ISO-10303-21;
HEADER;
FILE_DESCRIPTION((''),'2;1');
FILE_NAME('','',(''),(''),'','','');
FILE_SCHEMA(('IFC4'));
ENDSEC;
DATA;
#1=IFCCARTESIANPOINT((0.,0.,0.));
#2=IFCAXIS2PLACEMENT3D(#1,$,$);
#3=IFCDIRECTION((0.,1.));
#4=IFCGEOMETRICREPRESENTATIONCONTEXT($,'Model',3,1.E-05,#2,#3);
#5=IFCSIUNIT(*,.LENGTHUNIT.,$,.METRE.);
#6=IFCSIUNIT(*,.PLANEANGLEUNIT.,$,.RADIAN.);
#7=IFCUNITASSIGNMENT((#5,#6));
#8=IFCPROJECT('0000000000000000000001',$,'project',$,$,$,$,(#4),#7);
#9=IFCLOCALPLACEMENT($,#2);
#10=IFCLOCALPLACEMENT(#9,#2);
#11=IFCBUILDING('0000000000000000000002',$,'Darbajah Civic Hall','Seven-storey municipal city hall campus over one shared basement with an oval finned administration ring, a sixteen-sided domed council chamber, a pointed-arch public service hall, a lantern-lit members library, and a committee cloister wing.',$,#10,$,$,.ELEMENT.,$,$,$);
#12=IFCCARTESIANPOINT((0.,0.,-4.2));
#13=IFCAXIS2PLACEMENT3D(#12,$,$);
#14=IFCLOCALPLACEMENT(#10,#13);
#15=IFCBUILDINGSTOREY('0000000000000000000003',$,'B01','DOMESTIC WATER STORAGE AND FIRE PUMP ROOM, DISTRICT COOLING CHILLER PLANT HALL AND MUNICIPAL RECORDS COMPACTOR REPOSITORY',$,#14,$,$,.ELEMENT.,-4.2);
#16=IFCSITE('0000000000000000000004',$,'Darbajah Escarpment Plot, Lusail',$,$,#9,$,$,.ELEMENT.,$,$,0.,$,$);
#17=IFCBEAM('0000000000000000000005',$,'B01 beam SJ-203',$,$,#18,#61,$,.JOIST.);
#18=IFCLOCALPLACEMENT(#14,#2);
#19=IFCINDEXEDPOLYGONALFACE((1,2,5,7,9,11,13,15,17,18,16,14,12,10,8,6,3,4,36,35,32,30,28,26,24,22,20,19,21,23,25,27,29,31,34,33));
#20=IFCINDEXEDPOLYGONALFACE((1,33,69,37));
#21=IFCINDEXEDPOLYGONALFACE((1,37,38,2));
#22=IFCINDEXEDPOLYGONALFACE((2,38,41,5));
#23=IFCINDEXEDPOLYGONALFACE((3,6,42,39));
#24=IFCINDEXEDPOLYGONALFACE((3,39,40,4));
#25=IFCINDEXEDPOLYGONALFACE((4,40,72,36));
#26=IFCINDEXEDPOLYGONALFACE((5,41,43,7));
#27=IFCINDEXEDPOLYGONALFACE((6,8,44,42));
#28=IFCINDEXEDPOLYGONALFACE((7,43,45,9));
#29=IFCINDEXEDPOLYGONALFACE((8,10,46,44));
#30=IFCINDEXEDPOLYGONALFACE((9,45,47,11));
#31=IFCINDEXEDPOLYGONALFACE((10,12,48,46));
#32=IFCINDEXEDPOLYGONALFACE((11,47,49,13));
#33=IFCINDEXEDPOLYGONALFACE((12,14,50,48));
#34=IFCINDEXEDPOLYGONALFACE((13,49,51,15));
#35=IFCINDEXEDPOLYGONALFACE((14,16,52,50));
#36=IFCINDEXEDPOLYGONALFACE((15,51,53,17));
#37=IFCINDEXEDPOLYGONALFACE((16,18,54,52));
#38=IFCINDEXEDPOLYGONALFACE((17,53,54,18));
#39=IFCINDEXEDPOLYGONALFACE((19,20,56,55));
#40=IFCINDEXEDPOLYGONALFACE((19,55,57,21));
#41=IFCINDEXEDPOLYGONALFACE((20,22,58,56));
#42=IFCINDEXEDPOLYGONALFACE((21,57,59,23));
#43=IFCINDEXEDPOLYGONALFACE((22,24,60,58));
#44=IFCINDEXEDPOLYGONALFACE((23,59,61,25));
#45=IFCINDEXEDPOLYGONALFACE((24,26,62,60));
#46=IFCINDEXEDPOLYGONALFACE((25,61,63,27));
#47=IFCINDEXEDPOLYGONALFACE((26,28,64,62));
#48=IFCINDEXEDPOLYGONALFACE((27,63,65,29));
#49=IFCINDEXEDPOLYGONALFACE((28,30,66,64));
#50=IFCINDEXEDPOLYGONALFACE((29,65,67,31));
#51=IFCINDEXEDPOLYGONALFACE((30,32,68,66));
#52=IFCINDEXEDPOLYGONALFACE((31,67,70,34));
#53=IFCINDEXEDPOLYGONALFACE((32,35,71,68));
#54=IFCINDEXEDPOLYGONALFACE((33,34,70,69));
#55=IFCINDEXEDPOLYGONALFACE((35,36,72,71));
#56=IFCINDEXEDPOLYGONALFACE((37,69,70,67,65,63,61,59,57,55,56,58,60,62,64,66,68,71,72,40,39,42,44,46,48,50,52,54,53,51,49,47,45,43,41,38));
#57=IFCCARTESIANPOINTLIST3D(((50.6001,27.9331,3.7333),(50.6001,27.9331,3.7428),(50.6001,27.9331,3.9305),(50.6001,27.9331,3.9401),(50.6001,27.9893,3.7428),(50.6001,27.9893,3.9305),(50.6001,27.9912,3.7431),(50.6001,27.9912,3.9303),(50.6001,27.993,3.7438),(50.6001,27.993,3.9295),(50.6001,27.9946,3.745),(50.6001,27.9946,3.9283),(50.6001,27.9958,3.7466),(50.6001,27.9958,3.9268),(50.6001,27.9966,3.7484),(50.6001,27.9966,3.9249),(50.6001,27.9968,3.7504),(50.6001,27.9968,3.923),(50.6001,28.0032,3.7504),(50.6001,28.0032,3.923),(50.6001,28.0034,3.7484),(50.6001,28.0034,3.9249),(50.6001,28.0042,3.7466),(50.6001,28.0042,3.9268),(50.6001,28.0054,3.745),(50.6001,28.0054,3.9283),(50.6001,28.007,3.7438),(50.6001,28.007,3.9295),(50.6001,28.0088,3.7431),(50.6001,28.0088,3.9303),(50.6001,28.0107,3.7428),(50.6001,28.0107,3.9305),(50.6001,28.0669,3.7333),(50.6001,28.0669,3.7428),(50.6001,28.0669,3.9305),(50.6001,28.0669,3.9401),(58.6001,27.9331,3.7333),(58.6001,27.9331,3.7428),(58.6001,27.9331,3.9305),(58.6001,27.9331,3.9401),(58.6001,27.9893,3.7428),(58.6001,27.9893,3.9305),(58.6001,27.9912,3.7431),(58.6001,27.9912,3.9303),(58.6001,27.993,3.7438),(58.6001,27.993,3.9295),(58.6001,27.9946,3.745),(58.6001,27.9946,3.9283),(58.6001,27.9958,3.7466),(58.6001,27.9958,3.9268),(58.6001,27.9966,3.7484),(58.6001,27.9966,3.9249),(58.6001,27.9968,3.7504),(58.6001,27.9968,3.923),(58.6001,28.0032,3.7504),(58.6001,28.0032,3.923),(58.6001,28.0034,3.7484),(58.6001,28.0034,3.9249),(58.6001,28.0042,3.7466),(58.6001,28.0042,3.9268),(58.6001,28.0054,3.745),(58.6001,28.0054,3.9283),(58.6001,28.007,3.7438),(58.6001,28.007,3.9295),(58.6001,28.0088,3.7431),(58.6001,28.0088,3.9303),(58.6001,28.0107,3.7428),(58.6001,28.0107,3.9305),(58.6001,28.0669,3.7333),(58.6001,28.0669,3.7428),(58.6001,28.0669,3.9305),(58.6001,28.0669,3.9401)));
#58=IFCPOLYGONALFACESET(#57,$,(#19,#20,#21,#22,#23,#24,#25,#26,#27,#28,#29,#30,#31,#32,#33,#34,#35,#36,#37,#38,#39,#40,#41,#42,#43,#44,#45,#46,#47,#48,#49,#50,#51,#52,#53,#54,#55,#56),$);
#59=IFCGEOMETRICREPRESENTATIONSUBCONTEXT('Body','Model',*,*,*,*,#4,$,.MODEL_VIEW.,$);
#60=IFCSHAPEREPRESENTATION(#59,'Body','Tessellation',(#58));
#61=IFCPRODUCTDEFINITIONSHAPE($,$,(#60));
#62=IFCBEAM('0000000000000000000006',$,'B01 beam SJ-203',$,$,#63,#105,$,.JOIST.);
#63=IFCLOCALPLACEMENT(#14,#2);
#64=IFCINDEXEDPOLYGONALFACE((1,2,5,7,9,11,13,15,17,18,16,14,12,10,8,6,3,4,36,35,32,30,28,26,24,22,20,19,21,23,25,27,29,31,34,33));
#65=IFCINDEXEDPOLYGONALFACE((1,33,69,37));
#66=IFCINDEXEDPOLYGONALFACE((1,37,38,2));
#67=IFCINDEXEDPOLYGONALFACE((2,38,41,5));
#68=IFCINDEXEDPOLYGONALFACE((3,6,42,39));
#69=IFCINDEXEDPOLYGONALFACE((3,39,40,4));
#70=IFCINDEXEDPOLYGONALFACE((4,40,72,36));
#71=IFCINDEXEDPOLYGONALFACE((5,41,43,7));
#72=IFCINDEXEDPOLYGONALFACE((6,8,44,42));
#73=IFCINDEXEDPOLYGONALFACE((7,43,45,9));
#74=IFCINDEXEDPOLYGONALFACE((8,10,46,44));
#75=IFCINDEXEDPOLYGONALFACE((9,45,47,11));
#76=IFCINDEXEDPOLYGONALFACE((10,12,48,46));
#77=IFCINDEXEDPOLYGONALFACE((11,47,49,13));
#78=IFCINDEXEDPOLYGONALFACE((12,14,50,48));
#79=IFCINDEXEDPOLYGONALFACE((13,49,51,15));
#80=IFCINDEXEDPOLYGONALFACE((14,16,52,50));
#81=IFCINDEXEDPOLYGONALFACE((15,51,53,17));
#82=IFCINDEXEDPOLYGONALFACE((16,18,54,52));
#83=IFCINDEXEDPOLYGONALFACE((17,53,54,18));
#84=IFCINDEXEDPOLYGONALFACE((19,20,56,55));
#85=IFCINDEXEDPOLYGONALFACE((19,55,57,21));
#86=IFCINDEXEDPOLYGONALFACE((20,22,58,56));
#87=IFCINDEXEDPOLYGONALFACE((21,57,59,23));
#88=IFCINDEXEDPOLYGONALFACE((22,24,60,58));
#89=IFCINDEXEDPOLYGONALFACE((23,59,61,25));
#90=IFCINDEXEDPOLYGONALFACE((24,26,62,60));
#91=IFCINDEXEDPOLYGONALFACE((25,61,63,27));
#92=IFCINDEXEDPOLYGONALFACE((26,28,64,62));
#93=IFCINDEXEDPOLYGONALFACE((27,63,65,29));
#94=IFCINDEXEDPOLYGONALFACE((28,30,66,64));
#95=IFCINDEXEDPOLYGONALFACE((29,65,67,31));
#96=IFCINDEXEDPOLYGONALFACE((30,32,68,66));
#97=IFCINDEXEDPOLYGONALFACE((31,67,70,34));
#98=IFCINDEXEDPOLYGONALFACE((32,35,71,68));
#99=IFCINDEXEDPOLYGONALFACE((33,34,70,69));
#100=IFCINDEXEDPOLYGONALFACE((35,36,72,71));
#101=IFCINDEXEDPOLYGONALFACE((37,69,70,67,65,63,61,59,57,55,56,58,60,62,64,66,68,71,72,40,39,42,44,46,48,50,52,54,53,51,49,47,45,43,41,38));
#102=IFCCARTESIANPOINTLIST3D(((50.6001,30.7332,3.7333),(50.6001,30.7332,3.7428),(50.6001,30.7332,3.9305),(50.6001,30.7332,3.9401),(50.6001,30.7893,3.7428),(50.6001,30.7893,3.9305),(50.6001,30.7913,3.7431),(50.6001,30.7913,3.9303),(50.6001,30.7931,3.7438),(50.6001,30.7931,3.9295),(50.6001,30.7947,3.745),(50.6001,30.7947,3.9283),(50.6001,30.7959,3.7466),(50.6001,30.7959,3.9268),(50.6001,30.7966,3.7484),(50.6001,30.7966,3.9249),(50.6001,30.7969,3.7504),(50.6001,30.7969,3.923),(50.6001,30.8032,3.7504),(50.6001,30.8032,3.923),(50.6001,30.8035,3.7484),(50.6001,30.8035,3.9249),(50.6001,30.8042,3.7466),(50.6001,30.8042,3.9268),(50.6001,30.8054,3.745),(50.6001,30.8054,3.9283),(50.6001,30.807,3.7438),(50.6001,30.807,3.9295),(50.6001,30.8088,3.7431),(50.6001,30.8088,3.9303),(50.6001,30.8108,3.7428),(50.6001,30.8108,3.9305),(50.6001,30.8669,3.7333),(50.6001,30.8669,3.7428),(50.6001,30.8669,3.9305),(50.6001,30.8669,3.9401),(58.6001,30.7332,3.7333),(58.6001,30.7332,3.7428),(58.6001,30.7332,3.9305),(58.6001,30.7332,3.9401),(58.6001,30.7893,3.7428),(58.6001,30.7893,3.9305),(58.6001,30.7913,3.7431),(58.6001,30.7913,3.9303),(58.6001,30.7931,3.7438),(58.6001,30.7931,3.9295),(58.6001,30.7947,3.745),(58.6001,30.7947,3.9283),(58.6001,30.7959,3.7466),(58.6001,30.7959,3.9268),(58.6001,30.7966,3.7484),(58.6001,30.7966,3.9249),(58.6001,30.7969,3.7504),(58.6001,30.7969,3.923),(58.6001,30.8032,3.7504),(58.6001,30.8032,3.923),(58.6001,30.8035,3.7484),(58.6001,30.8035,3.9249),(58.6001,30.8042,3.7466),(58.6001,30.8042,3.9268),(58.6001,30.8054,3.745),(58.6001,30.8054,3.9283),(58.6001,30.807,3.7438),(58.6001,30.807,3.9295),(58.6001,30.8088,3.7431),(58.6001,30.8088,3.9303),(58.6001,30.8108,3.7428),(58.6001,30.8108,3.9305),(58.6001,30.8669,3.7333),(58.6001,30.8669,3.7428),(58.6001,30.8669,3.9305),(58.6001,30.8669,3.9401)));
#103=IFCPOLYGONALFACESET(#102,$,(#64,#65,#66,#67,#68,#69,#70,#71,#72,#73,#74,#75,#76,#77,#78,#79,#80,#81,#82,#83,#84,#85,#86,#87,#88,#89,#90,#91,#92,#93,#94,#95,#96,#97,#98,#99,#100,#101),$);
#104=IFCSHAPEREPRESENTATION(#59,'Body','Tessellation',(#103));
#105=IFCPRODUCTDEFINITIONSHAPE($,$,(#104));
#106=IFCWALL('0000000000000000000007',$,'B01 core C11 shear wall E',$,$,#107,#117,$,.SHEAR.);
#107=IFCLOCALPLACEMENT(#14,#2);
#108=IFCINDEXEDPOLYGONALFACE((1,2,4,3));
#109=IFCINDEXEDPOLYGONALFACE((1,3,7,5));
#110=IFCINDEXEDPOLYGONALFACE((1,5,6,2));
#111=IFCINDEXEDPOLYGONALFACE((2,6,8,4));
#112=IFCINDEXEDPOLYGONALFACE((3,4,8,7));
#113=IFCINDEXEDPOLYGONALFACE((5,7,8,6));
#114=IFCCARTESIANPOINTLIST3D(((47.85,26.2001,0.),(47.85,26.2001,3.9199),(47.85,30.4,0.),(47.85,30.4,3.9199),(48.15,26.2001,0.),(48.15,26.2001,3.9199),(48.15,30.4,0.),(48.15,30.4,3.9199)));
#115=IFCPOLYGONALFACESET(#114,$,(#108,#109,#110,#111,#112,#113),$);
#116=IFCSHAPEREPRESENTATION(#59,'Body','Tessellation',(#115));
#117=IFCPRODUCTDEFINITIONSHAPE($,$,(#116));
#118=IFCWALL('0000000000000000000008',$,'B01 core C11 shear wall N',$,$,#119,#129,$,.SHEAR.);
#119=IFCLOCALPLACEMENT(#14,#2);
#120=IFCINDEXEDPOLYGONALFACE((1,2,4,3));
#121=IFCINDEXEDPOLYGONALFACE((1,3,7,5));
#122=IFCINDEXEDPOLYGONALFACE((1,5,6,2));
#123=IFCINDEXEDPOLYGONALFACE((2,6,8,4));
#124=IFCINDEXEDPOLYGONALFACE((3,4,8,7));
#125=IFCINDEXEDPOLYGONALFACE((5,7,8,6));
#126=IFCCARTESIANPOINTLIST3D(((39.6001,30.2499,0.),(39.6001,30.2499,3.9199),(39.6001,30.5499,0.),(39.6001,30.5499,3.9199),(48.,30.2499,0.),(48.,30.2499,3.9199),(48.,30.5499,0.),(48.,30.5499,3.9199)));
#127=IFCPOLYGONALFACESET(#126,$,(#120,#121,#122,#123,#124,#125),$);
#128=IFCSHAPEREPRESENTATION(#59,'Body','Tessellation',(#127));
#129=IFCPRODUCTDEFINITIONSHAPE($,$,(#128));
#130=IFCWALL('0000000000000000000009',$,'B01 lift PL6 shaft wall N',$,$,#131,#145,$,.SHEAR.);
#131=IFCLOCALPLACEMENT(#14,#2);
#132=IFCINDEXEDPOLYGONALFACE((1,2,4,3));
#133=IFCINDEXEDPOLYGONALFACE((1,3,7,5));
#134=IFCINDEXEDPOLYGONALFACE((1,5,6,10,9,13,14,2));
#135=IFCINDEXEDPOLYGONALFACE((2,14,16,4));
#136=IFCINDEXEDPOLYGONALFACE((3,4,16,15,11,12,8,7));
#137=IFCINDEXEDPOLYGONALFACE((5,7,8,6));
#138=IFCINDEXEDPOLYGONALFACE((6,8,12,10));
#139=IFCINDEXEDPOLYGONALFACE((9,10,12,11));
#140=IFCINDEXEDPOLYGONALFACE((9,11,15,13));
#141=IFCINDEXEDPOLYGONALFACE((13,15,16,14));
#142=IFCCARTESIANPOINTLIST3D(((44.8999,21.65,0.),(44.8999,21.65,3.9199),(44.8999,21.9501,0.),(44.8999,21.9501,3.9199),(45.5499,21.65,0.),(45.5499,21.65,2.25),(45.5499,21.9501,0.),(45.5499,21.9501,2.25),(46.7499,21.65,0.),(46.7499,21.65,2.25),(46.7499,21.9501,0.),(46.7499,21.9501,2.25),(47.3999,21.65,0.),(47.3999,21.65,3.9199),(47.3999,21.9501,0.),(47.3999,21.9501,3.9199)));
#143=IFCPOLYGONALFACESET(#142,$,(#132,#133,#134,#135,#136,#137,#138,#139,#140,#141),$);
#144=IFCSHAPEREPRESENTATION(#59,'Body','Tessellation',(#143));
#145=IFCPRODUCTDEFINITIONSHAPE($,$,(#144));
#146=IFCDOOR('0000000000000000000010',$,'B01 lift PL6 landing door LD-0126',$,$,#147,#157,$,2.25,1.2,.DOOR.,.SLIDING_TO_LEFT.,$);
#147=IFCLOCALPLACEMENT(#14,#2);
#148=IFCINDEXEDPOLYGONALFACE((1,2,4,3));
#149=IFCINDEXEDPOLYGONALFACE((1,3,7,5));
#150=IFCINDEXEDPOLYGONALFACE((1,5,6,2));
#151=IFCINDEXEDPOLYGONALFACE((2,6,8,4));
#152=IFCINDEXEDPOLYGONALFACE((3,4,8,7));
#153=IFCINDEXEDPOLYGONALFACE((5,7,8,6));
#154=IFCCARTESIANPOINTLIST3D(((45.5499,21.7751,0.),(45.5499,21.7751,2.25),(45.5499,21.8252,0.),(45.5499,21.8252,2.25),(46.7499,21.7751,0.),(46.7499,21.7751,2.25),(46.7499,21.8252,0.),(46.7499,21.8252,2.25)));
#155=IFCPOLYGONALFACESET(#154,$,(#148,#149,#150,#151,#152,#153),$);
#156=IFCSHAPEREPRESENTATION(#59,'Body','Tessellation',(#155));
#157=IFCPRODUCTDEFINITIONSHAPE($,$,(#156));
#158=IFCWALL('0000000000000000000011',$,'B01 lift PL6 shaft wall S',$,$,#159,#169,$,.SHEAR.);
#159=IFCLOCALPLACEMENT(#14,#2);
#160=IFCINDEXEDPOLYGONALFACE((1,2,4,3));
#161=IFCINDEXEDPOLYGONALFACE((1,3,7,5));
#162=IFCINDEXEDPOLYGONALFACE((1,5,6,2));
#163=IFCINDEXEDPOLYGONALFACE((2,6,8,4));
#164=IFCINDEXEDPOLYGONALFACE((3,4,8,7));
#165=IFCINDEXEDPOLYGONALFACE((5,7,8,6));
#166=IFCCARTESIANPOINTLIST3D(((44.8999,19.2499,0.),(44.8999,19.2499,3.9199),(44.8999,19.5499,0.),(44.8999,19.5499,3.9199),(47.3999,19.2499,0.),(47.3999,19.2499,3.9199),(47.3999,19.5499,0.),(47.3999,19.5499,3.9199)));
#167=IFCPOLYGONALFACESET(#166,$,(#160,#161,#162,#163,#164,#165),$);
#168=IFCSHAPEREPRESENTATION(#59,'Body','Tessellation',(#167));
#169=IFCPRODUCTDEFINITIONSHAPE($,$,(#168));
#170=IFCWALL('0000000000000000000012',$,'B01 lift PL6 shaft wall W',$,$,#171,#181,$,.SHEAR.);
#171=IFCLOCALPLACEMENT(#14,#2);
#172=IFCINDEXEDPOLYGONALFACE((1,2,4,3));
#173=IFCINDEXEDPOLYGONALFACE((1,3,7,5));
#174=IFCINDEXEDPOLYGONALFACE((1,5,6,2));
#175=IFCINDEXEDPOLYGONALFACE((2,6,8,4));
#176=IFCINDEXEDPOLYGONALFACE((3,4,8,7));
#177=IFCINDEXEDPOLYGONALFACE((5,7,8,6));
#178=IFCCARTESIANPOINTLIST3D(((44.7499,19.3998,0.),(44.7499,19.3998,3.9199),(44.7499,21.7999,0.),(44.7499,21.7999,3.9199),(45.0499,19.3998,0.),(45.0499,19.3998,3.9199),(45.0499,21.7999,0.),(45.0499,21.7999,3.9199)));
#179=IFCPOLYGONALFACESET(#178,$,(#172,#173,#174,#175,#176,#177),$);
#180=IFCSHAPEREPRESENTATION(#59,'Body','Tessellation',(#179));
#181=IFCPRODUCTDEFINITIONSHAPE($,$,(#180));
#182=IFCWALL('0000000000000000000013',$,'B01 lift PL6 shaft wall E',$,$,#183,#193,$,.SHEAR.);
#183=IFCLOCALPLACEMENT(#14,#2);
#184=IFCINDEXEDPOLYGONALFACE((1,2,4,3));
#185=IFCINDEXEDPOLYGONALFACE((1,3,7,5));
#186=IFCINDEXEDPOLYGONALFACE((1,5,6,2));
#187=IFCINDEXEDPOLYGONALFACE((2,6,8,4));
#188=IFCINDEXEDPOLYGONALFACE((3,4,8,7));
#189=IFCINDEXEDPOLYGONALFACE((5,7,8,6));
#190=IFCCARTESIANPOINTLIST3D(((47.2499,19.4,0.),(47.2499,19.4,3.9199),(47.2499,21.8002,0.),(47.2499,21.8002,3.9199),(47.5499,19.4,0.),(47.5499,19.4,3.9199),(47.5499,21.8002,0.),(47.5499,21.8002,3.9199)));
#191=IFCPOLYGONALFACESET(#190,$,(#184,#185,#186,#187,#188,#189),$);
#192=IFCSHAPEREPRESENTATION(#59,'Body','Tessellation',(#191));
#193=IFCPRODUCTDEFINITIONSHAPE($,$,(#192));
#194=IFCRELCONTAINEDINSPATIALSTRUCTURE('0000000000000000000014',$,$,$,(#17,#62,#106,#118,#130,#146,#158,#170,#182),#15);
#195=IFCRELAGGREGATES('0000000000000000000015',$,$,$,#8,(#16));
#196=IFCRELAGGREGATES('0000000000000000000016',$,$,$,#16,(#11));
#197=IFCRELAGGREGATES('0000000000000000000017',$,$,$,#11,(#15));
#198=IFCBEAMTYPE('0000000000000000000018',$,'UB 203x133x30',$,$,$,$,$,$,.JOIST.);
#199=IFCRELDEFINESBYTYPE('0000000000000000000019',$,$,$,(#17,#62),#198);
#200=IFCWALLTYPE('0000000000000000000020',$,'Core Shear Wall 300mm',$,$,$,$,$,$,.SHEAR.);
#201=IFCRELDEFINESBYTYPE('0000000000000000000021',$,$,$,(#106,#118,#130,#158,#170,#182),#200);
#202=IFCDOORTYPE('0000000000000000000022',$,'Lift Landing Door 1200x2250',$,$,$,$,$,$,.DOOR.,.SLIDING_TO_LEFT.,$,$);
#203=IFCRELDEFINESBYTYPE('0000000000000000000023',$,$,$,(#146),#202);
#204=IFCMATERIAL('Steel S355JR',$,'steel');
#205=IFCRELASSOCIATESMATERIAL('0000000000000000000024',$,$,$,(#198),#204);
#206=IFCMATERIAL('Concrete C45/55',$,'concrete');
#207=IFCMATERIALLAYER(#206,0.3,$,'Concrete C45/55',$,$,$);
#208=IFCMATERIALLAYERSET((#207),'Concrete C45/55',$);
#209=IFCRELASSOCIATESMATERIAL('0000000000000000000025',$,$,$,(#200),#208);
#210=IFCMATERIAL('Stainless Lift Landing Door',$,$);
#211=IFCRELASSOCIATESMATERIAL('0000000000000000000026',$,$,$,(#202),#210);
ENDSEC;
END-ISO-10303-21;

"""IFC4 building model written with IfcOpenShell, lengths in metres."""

from ifc_helpers import new_model, si_unit, direction, frame, frame_2d, origin, origin_2d, place, context, subcontext, project, spatial, rectangle, i_section, extrude, material, layer, layer_set, material_profile, profile_set, type_object, element, fill, save


model = new_model("IFC4")

# Units and contexts
model_context = context("Model", 3, precision=1e-05, world=origin(), true_north=direction((0.0, 1.0)))
body_context = subcontext(model_context, "Body", "Model", "MODEL_VIEW")
ifc_project = project(units=[si_unit("LENGTHUNIT", "METRE"), si_unit("PLANEANGLEUNIT", "RADIAN")], contexts=[model_context])

# Site, building, storey
site_placement = place(None, origin())
site = spatial("IfcSite", under=ifc_project, at=site_placement, Name="Darbajah Escarpment Plot, Lusail", CompositionType="ELEMENT", RefElevation=0.0)
building_placement = place(site_placement, origin())
building = spatial("IfcBuilding", under=site, at=building_placement, Name="Darbajah Civic Hall", Description="Seven-storey municipal city hall campus over one shared basement with an oval finned administration ring, a sixteen-sided domed council chamber, a pointed-arch public service hall, a lantern-lit members library, and a committee cloister wing.", CompositionType="ELEMENT")
storey_placement = place(building_placement, frame((0.0, 0.0, -4.2)))
storey = spatial("IfcBuildingStorey", under=building, at=storey_placement, Name="B01", Description="DOMESTIC WATER STORAGE AND FIRE PUMP ROOM, DISTRICT COOLING CHILLER PLANT HALL AND MUNICIPAL RECORDS COMPACTOR REPOSITORY", CompositionType="ELEMENT", Elevation=-4.2)

# Shared definitions
ifc_material_1 = material(Name="Concrete C45/55", Category="concrete")

# Beams
ifc_material_2 = material(Name="Steel S355JR", Category="steel")
ifc_material_profile_1 = material_profile(ifc_material_2, i_section(OverallWidth=0.1338, OverallDepth=0.2068, WebThickness=0.0063, FlangeThickness=0.0095, FilletRadius=0.0076, at=origin_2d()), Name="UB 203x133x30")
ifc_profile_set_1 = profile_set([ifc_material_profile_1], Name="Steel S355JR")
beam_type_1 = type_object("IfcBeamType", Name="UB 203x133x30", PredefinedType="JOIST", material=ifc_profile_set_1)
for number, where, z_axis, x_axis, name in (
    (1, (50.6001, 28.0, 3.8367), (1.0, 0.0, 0.0), (0.0, 1.0, 0.0), "B01 beam SJ-203"),
    (2, (50.6001, 30.8, 3.8367), (1.0, 0.0, 0.0), (0.0, 1.0, 0.0), "B01 beam SJ-203"),
):
    element("IfcBeam", number, at=place(storey_placement, frame(where, z_axis=z_axis, x_axis=x_axis)), inside=storey, type_object=beam_type_1, Name=name, PredefinedType="JOIST", context=body_context, shape_type="SweptSolid", body=[
        extrude(i_section(OverallWidth=0.1338, OverallDepth=0.2068, WebThickness=0.0063, FlangeThickness=0.0095, FilletRadius=0.0076, at=origin_2d()), origin(), (0.0, 0.0, 1.0), 8.0),
    ])

# Walls
ifc_layer_1 = layer(ifc_material_1, 0.3, Name="Concrete C45/55")
ifc_layer_set_1 = layer_set([ifc_layer_1], Name="Concrete C45/55")
wall_type_1 = type_object("IfcWallType", Name="Core Shear Wall 300mm", PredefinedType="SHEAR", material=ifc_layer_set_1)
wall_1_placement = place(storey_placement, frame((48.0, 26.2, 0.0), z_axis=(0.0, 0.0, 1.0), x_axis=(0.0, 1.0, 0.0)))
element("IfcWall", 3, at=wall_1_placement, inside=storey, type_object=wall_type_1, Name="B01 core C11 shear wall E", PredefinedType="SHEAR", context=body_context, shape_type="SweptSolid", body=[
    extrude(rectangle(XDim=4.2, YDim=0.3, at=frame_2d((2.1001, 0.0))), origin(), (0.0, 0.0, 1.0), 3.9199),
])
wall_2_placement = place(storey_placement, frame((48.0, 30.3999, 0.0), z_axis=(0.0, 0.0, 1.0), x_axis=(-1.0, 0.0, 0.0)))
element("IfcWall", 4, at=wall_2_placement, inside=storey, type_object=wall_type_1, Name="B01 core C11 shear wall N", PredefinedType="SHEAR", context=body_context, shape_type="SweptSolid", body=[
    extrude(rectangle(XDim=8.3999, YDim=0.3, at=frame_2d((4.2, 0.0))), origin(), (0.0, 0.0, 1.0), 3.9199),
])

# Wall, opening, door
wall_3_placement = place(storey_placement, frame((47.3999, 21.8, 0.0), z_axis=(0.0, 0.0, 1.0), x_axis=(-1.0, 0.0, 0.0)))
wall_3 = element("IfcWall", 5, at=wall_3_placement, inside=storey, type_object=wall_type_1, Name="B01 lift PL6 shaft wall N", PredefinedType="SHEAR", context=body_context, shape_type="SweptSolid", body=[
    extrude(rectangle(XDim=2.5, YDim=0.3, at=frame_2d((1.25, 0.0))), origin(), (0.0, 0.0, 1.0), 3.9199),
])
opening_1_placement = place(wall_3_placement, frame((0.6499, 0.0, 0.0)))
opening_1 = element("IfcOpeningElement", 6, at=opening_1_placement, cuts=wall_3, PredefinedType="OPENING", context=body_context, shape_type="SweptSolid", body=[
    extrude(rectangle(XDim=1.2, YDim=2.25, at=frame_2d((0.6001, 1.125))), frame((0.0, 0.1599, 0.0), z_axis=(0.0, -1.0, 0.0), x_axis=(1.0, 0.0, 0.0)), (0.0, 0.0, 1.0), 0.3201),
])
ifc_material_3 = material(Name="Stainless Lift Landing Door")
door_type_1 = type_object("IfcDoorType", Name="Lift Landing Door 1200x2250", OperationType="SLIDING_TO_LEFT", PredefinedType="DOOR", material=ifc_material_3)
door_1_placement = place(opening_1_placement, origin())
door_1 = element("IfcDoor", 7, at=door_1_placement, inside=storey, type_object=door_type_1, Name="B01 lift PL6 landing door LD-0126", OperationType="SLIDING_TO_LEFT", OverallHeight=2.25, OverallWidth=1.2, PredefinedType="DOOR", context=body_context, shape_type="SweptSolid", body=[
    extrude(rectangle(XDim=1.2, YDim=2.25, at=frame_2d((0.6001, 1.125))), frame((0.0, 0.0249, 0.0), z_axis=(0.0, -1.0, 0.0), x_axis=(1.0, 0.0, 0.0)), (0.0, 0.0, 1.0), 0.05),
])
fill(opening_1, door_1)

# Walls
wall_4_placement = place(storey_placement, frame((44.8999, 19.3999, 0.0), z_axis=(0.0, 0.0, 1.0), x_axis=(1.0, 0.0, 0.0)))
element("IfcWall", 8, at=wall_4_placement, inside=storey, type_object=wall_type_1, Name="B01 lift PL6 shaft wall S", PredefinedType="SHEAR", context=body_context, shape_type="SweptSolid", body=[
    extrude(rectangle(XDim=2.5, YDim=0.3, at=frame_2d((1.25, 0.0))), origin(), (0.0, 0.0, 1.0), 3.9199),
])
for number, where, z_axis, x_axis, name in (
    (9, (44.8999, 21.8, 0.0), (0.0, 0.0, 1.0), (0.0, -1.0, 0.0), "B01 lift PL6 shaft wall W"),
    (10, (47.3999, 19.3999, 0.0), (0.0, 0.0, 1.0), (0.0, 1.0, 0.0), "B01 lift PL6 shaft wall E"),
):
    element("IfcWall", number, at=place(storey_placement, frame(where, z_axis=z_axis, x_axis=x_axis)), inside=storey, type_object=wall_type_1, Name=name, PredefinedType="SHEAR", context=body_context, shape_type="SweptSolid", body=[
        extrude(rectangle(XDim=2.4001, YDim=0.3, at=frame_2d((1.2002, 0.0))), origin(), (0.0, 0.0, 1.0), 3.9199),
    ])

save(model, "model.ifc")
